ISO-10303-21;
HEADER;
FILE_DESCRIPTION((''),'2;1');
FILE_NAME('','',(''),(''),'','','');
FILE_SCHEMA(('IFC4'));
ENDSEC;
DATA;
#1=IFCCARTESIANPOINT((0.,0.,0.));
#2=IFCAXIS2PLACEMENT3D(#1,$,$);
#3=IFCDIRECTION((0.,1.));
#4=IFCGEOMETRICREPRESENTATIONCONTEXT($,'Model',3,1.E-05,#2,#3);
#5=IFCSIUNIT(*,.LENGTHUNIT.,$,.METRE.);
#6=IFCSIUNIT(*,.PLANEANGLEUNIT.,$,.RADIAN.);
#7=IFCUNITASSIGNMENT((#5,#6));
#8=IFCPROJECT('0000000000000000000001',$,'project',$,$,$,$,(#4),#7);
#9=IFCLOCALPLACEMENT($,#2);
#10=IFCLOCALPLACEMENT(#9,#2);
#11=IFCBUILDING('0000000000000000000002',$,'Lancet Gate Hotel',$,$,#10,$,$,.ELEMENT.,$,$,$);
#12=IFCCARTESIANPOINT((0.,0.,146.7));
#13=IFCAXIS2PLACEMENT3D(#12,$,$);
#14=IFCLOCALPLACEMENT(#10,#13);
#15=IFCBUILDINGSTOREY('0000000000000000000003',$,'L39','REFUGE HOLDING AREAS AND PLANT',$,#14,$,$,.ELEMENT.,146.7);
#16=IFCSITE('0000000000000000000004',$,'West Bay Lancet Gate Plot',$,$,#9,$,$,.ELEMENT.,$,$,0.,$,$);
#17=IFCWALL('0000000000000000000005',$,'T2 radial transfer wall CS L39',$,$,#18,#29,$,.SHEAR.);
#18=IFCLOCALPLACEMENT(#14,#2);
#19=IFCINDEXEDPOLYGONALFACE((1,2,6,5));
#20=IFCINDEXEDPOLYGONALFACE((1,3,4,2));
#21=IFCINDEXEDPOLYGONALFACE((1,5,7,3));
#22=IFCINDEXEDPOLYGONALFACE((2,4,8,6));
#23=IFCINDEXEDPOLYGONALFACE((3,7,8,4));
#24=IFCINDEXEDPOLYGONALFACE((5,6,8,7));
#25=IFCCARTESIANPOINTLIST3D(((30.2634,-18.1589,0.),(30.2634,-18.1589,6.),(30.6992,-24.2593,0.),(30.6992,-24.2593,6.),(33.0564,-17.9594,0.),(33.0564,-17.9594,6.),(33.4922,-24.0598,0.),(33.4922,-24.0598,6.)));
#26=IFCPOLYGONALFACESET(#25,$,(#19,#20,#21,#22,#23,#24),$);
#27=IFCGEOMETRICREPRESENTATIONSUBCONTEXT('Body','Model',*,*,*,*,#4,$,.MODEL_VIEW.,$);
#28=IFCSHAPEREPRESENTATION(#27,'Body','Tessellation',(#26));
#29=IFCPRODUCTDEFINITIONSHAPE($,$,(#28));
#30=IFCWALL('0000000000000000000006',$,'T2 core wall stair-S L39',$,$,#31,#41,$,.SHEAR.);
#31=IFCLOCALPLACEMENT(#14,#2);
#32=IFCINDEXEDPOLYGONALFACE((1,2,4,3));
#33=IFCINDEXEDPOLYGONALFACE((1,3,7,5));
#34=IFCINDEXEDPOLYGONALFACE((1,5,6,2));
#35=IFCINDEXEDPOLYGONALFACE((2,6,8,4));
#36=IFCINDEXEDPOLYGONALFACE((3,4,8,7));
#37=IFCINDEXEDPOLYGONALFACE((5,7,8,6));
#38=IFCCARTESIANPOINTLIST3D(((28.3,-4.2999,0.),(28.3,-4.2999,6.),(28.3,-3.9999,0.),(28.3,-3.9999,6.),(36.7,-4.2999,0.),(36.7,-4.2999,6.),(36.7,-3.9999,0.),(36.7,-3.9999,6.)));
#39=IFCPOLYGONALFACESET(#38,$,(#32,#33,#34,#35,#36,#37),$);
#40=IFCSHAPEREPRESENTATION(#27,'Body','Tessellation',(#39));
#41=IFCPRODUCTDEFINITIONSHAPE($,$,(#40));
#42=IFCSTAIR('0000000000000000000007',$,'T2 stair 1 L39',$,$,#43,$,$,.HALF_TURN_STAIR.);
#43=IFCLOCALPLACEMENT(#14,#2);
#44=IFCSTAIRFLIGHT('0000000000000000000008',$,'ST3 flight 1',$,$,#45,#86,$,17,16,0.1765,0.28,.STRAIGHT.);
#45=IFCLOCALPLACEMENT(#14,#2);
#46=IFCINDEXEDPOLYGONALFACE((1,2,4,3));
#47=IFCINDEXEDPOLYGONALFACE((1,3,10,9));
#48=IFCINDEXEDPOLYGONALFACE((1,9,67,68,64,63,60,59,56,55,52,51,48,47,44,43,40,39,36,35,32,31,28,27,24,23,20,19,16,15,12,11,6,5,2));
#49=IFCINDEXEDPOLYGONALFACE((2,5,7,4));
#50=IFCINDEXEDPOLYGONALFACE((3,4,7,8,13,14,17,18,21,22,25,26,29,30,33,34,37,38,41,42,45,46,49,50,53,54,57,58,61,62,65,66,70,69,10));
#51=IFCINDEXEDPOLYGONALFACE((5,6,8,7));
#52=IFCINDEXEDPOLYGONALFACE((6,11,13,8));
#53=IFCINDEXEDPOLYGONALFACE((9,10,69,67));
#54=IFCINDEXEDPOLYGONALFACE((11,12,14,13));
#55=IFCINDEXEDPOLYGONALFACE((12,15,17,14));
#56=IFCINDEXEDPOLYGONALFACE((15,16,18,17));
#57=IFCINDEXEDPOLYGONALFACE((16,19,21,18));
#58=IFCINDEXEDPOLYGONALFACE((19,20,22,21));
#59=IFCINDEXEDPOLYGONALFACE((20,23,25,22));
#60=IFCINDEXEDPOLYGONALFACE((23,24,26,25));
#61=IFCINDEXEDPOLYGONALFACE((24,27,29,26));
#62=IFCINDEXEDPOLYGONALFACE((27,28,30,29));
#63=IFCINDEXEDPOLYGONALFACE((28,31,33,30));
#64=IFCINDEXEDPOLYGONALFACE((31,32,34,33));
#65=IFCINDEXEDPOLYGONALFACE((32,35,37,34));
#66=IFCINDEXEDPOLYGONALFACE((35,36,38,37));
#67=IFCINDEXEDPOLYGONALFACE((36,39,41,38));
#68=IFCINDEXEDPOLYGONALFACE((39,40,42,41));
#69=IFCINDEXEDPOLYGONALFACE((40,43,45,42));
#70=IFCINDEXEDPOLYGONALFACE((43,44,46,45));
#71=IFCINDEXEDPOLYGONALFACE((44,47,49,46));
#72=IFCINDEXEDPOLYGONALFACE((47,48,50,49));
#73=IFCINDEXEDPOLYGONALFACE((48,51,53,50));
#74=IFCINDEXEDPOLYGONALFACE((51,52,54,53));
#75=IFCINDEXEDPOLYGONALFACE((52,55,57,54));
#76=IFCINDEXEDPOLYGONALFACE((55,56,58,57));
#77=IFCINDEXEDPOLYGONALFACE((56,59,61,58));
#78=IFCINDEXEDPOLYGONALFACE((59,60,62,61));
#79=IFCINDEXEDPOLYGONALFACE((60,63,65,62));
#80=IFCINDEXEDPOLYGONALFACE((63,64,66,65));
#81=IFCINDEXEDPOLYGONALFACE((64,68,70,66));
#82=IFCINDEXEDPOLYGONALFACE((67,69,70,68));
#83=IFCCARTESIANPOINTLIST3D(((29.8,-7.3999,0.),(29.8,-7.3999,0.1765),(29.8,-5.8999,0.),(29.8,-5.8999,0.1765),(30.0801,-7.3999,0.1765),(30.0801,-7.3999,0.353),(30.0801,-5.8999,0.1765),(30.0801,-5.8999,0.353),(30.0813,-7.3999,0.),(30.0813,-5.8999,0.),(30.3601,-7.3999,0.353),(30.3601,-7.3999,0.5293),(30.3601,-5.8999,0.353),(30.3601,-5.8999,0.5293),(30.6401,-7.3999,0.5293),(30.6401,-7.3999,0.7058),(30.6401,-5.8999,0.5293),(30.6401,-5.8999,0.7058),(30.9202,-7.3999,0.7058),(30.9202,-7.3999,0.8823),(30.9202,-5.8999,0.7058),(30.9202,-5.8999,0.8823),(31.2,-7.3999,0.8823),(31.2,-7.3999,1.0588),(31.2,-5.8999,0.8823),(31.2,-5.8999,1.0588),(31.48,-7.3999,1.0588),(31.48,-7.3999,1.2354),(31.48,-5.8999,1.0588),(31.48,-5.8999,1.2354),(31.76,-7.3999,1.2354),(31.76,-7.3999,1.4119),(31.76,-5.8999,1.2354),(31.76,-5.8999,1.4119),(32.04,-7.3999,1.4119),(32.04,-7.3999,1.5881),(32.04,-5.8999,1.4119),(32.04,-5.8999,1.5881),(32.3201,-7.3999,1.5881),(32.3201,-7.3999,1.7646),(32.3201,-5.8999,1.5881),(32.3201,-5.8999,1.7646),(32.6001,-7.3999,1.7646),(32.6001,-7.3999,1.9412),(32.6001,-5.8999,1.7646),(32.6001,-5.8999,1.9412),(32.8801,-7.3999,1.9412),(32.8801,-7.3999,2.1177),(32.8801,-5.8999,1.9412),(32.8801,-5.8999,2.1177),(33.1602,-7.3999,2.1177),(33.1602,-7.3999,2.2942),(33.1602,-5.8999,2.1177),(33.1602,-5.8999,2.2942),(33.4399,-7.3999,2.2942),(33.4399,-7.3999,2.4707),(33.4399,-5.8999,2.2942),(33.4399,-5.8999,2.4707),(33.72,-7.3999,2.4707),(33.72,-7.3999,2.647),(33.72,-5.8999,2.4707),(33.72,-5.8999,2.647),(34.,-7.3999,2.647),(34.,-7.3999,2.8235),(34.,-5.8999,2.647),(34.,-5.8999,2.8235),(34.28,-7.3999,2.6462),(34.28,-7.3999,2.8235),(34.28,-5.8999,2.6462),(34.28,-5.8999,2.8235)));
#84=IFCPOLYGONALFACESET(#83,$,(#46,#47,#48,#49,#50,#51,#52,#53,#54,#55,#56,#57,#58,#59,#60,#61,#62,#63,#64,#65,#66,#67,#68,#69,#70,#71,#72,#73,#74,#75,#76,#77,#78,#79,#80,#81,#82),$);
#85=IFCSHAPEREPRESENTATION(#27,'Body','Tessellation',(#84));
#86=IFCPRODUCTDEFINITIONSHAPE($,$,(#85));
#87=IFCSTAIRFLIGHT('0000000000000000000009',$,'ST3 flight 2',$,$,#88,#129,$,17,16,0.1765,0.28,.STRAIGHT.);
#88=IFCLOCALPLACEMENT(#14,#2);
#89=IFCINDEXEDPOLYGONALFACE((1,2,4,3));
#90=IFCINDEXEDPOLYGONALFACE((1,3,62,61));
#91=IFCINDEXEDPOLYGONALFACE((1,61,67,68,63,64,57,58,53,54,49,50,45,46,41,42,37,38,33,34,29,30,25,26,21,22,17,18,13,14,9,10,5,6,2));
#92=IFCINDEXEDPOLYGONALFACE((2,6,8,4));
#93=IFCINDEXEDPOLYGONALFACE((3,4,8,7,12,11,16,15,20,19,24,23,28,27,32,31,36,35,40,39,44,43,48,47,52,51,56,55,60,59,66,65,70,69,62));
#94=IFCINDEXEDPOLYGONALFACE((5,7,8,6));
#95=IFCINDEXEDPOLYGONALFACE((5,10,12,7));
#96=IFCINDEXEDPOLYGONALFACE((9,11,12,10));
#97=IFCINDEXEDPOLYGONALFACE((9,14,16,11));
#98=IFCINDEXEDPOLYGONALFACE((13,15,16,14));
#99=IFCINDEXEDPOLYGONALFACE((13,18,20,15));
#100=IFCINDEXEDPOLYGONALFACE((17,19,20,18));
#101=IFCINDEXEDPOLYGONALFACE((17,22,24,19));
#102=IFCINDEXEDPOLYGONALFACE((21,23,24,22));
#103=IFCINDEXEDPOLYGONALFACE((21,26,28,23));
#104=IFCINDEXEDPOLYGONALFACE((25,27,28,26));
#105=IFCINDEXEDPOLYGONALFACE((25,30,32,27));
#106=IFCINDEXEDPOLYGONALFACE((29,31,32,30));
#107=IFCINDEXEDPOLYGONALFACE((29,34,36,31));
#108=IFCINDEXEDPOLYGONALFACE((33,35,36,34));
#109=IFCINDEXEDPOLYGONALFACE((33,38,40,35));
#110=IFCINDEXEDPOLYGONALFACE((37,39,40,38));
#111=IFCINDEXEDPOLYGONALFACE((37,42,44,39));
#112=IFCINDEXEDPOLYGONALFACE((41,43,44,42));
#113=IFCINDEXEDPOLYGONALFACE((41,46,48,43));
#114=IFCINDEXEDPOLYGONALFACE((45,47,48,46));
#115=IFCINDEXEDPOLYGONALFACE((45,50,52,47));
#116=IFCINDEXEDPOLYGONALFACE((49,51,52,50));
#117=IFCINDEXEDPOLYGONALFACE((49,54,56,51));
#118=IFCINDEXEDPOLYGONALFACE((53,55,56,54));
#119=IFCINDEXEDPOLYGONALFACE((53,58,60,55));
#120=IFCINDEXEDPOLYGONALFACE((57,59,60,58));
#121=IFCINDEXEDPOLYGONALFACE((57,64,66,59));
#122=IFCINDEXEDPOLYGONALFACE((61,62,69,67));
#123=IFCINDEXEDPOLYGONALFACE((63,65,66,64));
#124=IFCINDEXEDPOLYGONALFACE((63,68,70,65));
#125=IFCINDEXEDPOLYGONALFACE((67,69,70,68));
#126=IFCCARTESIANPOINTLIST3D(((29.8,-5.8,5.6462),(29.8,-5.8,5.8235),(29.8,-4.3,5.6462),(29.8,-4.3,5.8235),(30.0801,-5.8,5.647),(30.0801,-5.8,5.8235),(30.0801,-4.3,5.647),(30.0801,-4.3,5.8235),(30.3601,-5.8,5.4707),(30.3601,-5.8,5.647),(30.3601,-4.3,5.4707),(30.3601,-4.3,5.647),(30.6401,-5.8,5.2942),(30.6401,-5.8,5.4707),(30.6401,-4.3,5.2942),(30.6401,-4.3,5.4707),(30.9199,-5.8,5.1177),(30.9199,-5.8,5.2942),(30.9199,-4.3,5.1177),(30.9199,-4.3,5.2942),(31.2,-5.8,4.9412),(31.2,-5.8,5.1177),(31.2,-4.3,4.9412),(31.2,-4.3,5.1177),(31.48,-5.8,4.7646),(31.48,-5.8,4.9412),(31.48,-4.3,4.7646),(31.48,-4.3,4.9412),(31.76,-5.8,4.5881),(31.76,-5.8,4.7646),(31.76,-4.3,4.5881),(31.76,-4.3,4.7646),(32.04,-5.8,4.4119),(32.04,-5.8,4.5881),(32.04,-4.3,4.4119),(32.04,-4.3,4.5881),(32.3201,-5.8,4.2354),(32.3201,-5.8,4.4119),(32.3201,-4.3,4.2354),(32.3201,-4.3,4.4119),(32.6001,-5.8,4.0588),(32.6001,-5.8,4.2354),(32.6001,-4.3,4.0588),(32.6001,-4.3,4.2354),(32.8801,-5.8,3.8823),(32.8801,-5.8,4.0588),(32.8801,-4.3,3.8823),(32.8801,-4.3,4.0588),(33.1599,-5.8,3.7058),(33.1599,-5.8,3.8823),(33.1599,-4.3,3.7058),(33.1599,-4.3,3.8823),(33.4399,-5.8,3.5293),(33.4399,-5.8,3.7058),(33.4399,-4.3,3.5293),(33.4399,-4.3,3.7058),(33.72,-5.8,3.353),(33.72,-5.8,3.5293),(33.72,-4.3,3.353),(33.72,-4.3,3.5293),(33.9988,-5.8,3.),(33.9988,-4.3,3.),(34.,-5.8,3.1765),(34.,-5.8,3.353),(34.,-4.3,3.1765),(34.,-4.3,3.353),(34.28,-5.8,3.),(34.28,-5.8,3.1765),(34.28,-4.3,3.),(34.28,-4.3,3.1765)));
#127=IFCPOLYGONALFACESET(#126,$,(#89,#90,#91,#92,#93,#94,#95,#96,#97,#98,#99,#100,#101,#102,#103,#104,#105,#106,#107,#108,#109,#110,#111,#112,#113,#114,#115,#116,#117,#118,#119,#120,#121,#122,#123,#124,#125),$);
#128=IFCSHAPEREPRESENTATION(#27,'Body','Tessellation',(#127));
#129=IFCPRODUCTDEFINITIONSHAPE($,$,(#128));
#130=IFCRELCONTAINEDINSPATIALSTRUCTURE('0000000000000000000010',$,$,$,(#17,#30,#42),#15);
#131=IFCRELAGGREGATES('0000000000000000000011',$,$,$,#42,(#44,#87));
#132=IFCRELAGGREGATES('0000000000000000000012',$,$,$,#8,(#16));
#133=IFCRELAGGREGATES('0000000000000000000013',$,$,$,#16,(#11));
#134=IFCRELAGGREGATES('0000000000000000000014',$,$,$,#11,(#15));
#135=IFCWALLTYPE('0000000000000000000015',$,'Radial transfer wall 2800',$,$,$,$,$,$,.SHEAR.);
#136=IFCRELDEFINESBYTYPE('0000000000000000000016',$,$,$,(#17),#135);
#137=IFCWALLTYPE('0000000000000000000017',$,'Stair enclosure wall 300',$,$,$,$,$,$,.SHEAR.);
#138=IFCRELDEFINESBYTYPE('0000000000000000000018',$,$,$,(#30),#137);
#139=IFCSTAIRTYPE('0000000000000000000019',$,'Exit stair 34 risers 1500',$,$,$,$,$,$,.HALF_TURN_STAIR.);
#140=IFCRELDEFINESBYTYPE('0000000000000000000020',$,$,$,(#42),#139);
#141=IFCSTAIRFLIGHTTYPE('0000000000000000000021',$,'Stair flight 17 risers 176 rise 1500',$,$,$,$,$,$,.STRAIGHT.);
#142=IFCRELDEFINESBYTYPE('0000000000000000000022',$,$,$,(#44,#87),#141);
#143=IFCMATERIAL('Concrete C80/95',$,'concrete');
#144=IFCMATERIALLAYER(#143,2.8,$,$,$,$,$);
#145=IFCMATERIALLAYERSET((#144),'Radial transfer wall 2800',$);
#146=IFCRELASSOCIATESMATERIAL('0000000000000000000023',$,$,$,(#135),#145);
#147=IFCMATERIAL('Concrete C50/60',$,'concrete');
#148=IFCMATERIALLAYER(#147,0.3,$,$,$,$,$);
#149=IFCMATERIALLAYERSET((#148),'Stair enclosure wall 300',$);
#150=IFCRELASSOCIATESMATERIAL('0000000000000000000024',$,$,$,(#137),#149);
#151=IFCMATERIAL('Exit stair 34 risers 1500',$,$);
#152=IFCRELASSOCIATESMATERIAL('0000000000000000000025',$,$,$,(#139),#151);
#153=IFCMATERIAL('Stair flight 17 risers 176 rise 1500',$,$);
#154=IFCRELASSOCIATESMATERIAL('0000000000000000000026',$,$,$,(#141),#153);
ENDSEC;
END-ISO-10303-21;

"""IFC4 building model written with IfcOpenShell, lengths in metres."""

from ifc_helpers import new_model, si_unit, direction, frame, frame_2d, origin, place, context, subcontext, project, spatial, polyline, rectangle, outline, extrude, material, layer, layer_set, type_object, element, aggregate, save


model = new_model("IFC4")

# Units and contexts
model_context = context("Model", 3, precision=1e-05, world=origin(), true_north=direction((0.0, 1.0)))
body_context = subcontext(model_context, "Body", "Model", "MODEL_VIEW")
ifc_project = project(units=[si_unit("LENGTHUNIT", "METRE"), si_unit("PLANEANGLEUNIT", "RADIAN")], contexts=[model_context])

# Site, building, storey
site_placement = place(None, origin())
site = spatial("IfcSite", under=ifc_project, at=site_placement, Name="West Bay Lancet Gate Plot", CompositionType="ELEMENT", RefElevation=0.0)
building_placement = place(site_placement, origin())
building = spatial("IfcBuilding", under=site, at=building_placement, Name="Lancet Gate Hotel", CompositionType="ELEMENT")
storey_placement = place(building_placement, frame((0.0, 0.0, 146.7)))
storey = spatial("IfcBuildingStorey", under=building, at=storey_placement, Name="L39", Description="REFUGE HOLDING AREAS AND PLANT", CompositionType="ELEMENT", Elevation=146.7)

# Walls
ifc_material_1 = material(Name="Concrete C80/95", Category="concrete")
ifc_layer_1 = layer(ifc_material_1, 2.8)
ifc_layer_set_1 = layer_set([ifc_layer_1], Name="Radial transfer wall 2800")
wall_type_1 = type_object("IfcWallType", Name="Radial transfer wall 2800", PredefinedType="SHEAR", material=ifc_layer_set_1)
wall_1_placement = place(storey_placement, frame((32.0957, -24.1597, 0.0), z_axis=(0.0, 0.0, 1.0), x_axis=(-0.071256, 0.997458, 0.0)))
element("IfcWall", 1, at=wall_1_placement, inside=storey, type_object=wall_type_1, Name="T2 radial transfer wall CS L39", PredefinedType="SHEAR", context=body_context, shape_type="SweptSolid", body=[
    extrude(rectangle(XDim=6.116, YDim=2.8, at=frame_2d((3.0581, 0.0))), origin(), (0.0, 0.0, 1.0), 6.0),
])
ifc_material_2 = material(Name="Concrete C50/60", Category="concrete")
ifc_layer_2 = layer(ifc_material_2, 0.3)
ifc_layer_set_2 = layer_set([ifc_layer_2], Name="Stair enclosure wall 300")
wall_type_2 = type_object("IfcWallType", Name="Stair enclosure wall 300", PredefinedType="SHEAR", material=ifc_layer_set_2)
wall_2_placement = place(storey_placement, frame((28.3, -4.1499, 0.0), z_axis=(0.0, 0.0, 1.0), x_axis=(1.0, 0.0, 0.0)))
element("IfcWall", 2, at=wall_2_placement, inside=storey, type_object=wall_type_2, Name="T2 core wall stair-S L39", PredefinedType="SHEAR", context=body_context, shape_type="SweptSolid", body=[
    extrude(rectangle(XDim=8.3999, YDim=0.3, at=frame_2d((4.2, 0.0))), origin(), (0.0, 0.0, 1.0), 6.0),
])

# Stair, stair flights
ifc_material_3 = material(Name="Exit stair 34 risers 1500")
stair_type = type_object("IfcStairType", Name="Exit stair 34 risers 1500", PredefinedType="HALF_TURN_STAIR", material=ifc_material_3)
stair_placement = place(storey_placement, origin())
stair = element("IfcStair", 3, at=stair_placement, inside=storey, type_object=stair_type, Name="T2 stair 1 L39", PredefinedType="HALF_TURN_STAIR")
ifc_material_4 = material(Name="Stair flight 17 risers 176 rise 1500")
stair_flight_type = type_object("IfcStairFlightType", Name="Stair flight 17 risers 176 rise 1500", PredefinedType="STRAIGHT", material=ifc_material_4)
stair_flight_1_placement = place(storey_placement, frame((29.8, -6.6499, 0.0), z_axis=(0.0, 0.0, 1.0), x_axis=(1.0, 0.0, 0.0)))
stair_flight_1 = element("IfcStairFlight", 4, at=stair_flight_1_placement, type_object=stair_flight_type, Name="ST3 flight 1", NumberOfRisers=17, NumberOfTreads=16, PredefinedType="STRAIGHT", RiserHeight=0.1765, TreadLength=0.28, context=body_context, shape_type="SweptSolid", body=[
    extrude(outline(polyline([(0.0, 0.0), (0.0, 0.1765), (0.28, 0.1765), (0.28, 0.353), (0.5601, 0.353), (0.5601, 0.5293), (0.8401, 0.5293), (0.8401, 0.7058), (1.1201, 0.7058), (1.1201, 0.8823), (1.3999, 0.8823), (1.3999, 1.0588), (1.6799, 1.0588), (1.6799, 1.2354), (1.96, 1.2354), (1.96, 1.4119), (2.24, 1.4119), (2.24, 1.5881), (2.52, 1.5881), (2.52, 1.7646), (2.8, 1.7646), (2.8, 1.9412), (3.0801, 1.9412), (3.0801, 2.1177), (3.3601, 2.1177), (3.3601, 2.2942), (3.6399, 2.2942), (3.6399, 2.4707), (3.9199, 2.4707), (3.9199, 2.647), (4.2, 2.647), (4.2, 2.8235), (4.48, 2.8235), (4.48, 3.0), (4.48, 2.6462), (0.2812, 0.0), (0.0, 0.0)])), frame((0.0, 0.75, 0.0), z_axis=(0.0, -1.0, 0.0), x_axis=(1.0, 0.0, 0.0)), (0.0, 0.0, 1.0), 1.5),
])
stair_flight_2_placement = place(storey_placement, frame((34.28, -5.05, 3.0), z_axis=(0.0, 0.0, 1.0), x_axis=(-1.0, 0.0, 0.0)))
stair_flight_2 = element("IfcStairFlight", 5, at=stair_flight_2_placement, type_object=stair_flight_type, Name="ST3 flight 2", NumberOfRisers=17, NumberOfTreads=16, PredefinedType="STRAIGHT", RiserHeight=0.1765, TreadLength=0.28, context=body_context, shape_type="SweptSolid", body=[
    extrude(outline(polyline([(0.0, 0.0), (0.0, 0.1765), (0.28, 0.1765), (0.28, 0.353), (0.5601, 0.353), (0.5601, 0.5293), (0.8401, 0.5293), (0.8401, 0.7058), (1.1201, 0.7058), (1.1201, 0.8823), (1.3999, 0.8823), (1.3999, 1.0588), (1.6799, 1.0588), (1.6799, 1.2354), (1.96, 1.2354), (1.96, 1.4119), (2.24, 1.4119), (2.24, 1.5881), (2.52, 1.5881), (2.52, 1.7646), (2.8, 1.7646), (2.8, 1.9412), (3.0801, 1.9412), (3.0801, 2.1177), (3.3601, 2.1177), (3.3601, 2.2942), (3.6399, 2.2942), (3.6399, 2.4707), (3.9199, 2.4707), (3.9199, 2.647), (4.2, 2.647), (4.2, 2.8235), (4.48, 2.8235), (4.48, 3.0), (4.48, 2.6462), (0.2812, 0.0), (0.0, 0.0)])), frame((0.0, 0.75, 0.0), z_axis=(0.0, -1.0, 0.0), x_axis=(1.0, 0.0, 0.0)), (0.0, 0.0, 1.0), 1.5),
])
aggregate(stair, [stair_flight_1, stair_flight_2])

save(model, "model.ifc")
